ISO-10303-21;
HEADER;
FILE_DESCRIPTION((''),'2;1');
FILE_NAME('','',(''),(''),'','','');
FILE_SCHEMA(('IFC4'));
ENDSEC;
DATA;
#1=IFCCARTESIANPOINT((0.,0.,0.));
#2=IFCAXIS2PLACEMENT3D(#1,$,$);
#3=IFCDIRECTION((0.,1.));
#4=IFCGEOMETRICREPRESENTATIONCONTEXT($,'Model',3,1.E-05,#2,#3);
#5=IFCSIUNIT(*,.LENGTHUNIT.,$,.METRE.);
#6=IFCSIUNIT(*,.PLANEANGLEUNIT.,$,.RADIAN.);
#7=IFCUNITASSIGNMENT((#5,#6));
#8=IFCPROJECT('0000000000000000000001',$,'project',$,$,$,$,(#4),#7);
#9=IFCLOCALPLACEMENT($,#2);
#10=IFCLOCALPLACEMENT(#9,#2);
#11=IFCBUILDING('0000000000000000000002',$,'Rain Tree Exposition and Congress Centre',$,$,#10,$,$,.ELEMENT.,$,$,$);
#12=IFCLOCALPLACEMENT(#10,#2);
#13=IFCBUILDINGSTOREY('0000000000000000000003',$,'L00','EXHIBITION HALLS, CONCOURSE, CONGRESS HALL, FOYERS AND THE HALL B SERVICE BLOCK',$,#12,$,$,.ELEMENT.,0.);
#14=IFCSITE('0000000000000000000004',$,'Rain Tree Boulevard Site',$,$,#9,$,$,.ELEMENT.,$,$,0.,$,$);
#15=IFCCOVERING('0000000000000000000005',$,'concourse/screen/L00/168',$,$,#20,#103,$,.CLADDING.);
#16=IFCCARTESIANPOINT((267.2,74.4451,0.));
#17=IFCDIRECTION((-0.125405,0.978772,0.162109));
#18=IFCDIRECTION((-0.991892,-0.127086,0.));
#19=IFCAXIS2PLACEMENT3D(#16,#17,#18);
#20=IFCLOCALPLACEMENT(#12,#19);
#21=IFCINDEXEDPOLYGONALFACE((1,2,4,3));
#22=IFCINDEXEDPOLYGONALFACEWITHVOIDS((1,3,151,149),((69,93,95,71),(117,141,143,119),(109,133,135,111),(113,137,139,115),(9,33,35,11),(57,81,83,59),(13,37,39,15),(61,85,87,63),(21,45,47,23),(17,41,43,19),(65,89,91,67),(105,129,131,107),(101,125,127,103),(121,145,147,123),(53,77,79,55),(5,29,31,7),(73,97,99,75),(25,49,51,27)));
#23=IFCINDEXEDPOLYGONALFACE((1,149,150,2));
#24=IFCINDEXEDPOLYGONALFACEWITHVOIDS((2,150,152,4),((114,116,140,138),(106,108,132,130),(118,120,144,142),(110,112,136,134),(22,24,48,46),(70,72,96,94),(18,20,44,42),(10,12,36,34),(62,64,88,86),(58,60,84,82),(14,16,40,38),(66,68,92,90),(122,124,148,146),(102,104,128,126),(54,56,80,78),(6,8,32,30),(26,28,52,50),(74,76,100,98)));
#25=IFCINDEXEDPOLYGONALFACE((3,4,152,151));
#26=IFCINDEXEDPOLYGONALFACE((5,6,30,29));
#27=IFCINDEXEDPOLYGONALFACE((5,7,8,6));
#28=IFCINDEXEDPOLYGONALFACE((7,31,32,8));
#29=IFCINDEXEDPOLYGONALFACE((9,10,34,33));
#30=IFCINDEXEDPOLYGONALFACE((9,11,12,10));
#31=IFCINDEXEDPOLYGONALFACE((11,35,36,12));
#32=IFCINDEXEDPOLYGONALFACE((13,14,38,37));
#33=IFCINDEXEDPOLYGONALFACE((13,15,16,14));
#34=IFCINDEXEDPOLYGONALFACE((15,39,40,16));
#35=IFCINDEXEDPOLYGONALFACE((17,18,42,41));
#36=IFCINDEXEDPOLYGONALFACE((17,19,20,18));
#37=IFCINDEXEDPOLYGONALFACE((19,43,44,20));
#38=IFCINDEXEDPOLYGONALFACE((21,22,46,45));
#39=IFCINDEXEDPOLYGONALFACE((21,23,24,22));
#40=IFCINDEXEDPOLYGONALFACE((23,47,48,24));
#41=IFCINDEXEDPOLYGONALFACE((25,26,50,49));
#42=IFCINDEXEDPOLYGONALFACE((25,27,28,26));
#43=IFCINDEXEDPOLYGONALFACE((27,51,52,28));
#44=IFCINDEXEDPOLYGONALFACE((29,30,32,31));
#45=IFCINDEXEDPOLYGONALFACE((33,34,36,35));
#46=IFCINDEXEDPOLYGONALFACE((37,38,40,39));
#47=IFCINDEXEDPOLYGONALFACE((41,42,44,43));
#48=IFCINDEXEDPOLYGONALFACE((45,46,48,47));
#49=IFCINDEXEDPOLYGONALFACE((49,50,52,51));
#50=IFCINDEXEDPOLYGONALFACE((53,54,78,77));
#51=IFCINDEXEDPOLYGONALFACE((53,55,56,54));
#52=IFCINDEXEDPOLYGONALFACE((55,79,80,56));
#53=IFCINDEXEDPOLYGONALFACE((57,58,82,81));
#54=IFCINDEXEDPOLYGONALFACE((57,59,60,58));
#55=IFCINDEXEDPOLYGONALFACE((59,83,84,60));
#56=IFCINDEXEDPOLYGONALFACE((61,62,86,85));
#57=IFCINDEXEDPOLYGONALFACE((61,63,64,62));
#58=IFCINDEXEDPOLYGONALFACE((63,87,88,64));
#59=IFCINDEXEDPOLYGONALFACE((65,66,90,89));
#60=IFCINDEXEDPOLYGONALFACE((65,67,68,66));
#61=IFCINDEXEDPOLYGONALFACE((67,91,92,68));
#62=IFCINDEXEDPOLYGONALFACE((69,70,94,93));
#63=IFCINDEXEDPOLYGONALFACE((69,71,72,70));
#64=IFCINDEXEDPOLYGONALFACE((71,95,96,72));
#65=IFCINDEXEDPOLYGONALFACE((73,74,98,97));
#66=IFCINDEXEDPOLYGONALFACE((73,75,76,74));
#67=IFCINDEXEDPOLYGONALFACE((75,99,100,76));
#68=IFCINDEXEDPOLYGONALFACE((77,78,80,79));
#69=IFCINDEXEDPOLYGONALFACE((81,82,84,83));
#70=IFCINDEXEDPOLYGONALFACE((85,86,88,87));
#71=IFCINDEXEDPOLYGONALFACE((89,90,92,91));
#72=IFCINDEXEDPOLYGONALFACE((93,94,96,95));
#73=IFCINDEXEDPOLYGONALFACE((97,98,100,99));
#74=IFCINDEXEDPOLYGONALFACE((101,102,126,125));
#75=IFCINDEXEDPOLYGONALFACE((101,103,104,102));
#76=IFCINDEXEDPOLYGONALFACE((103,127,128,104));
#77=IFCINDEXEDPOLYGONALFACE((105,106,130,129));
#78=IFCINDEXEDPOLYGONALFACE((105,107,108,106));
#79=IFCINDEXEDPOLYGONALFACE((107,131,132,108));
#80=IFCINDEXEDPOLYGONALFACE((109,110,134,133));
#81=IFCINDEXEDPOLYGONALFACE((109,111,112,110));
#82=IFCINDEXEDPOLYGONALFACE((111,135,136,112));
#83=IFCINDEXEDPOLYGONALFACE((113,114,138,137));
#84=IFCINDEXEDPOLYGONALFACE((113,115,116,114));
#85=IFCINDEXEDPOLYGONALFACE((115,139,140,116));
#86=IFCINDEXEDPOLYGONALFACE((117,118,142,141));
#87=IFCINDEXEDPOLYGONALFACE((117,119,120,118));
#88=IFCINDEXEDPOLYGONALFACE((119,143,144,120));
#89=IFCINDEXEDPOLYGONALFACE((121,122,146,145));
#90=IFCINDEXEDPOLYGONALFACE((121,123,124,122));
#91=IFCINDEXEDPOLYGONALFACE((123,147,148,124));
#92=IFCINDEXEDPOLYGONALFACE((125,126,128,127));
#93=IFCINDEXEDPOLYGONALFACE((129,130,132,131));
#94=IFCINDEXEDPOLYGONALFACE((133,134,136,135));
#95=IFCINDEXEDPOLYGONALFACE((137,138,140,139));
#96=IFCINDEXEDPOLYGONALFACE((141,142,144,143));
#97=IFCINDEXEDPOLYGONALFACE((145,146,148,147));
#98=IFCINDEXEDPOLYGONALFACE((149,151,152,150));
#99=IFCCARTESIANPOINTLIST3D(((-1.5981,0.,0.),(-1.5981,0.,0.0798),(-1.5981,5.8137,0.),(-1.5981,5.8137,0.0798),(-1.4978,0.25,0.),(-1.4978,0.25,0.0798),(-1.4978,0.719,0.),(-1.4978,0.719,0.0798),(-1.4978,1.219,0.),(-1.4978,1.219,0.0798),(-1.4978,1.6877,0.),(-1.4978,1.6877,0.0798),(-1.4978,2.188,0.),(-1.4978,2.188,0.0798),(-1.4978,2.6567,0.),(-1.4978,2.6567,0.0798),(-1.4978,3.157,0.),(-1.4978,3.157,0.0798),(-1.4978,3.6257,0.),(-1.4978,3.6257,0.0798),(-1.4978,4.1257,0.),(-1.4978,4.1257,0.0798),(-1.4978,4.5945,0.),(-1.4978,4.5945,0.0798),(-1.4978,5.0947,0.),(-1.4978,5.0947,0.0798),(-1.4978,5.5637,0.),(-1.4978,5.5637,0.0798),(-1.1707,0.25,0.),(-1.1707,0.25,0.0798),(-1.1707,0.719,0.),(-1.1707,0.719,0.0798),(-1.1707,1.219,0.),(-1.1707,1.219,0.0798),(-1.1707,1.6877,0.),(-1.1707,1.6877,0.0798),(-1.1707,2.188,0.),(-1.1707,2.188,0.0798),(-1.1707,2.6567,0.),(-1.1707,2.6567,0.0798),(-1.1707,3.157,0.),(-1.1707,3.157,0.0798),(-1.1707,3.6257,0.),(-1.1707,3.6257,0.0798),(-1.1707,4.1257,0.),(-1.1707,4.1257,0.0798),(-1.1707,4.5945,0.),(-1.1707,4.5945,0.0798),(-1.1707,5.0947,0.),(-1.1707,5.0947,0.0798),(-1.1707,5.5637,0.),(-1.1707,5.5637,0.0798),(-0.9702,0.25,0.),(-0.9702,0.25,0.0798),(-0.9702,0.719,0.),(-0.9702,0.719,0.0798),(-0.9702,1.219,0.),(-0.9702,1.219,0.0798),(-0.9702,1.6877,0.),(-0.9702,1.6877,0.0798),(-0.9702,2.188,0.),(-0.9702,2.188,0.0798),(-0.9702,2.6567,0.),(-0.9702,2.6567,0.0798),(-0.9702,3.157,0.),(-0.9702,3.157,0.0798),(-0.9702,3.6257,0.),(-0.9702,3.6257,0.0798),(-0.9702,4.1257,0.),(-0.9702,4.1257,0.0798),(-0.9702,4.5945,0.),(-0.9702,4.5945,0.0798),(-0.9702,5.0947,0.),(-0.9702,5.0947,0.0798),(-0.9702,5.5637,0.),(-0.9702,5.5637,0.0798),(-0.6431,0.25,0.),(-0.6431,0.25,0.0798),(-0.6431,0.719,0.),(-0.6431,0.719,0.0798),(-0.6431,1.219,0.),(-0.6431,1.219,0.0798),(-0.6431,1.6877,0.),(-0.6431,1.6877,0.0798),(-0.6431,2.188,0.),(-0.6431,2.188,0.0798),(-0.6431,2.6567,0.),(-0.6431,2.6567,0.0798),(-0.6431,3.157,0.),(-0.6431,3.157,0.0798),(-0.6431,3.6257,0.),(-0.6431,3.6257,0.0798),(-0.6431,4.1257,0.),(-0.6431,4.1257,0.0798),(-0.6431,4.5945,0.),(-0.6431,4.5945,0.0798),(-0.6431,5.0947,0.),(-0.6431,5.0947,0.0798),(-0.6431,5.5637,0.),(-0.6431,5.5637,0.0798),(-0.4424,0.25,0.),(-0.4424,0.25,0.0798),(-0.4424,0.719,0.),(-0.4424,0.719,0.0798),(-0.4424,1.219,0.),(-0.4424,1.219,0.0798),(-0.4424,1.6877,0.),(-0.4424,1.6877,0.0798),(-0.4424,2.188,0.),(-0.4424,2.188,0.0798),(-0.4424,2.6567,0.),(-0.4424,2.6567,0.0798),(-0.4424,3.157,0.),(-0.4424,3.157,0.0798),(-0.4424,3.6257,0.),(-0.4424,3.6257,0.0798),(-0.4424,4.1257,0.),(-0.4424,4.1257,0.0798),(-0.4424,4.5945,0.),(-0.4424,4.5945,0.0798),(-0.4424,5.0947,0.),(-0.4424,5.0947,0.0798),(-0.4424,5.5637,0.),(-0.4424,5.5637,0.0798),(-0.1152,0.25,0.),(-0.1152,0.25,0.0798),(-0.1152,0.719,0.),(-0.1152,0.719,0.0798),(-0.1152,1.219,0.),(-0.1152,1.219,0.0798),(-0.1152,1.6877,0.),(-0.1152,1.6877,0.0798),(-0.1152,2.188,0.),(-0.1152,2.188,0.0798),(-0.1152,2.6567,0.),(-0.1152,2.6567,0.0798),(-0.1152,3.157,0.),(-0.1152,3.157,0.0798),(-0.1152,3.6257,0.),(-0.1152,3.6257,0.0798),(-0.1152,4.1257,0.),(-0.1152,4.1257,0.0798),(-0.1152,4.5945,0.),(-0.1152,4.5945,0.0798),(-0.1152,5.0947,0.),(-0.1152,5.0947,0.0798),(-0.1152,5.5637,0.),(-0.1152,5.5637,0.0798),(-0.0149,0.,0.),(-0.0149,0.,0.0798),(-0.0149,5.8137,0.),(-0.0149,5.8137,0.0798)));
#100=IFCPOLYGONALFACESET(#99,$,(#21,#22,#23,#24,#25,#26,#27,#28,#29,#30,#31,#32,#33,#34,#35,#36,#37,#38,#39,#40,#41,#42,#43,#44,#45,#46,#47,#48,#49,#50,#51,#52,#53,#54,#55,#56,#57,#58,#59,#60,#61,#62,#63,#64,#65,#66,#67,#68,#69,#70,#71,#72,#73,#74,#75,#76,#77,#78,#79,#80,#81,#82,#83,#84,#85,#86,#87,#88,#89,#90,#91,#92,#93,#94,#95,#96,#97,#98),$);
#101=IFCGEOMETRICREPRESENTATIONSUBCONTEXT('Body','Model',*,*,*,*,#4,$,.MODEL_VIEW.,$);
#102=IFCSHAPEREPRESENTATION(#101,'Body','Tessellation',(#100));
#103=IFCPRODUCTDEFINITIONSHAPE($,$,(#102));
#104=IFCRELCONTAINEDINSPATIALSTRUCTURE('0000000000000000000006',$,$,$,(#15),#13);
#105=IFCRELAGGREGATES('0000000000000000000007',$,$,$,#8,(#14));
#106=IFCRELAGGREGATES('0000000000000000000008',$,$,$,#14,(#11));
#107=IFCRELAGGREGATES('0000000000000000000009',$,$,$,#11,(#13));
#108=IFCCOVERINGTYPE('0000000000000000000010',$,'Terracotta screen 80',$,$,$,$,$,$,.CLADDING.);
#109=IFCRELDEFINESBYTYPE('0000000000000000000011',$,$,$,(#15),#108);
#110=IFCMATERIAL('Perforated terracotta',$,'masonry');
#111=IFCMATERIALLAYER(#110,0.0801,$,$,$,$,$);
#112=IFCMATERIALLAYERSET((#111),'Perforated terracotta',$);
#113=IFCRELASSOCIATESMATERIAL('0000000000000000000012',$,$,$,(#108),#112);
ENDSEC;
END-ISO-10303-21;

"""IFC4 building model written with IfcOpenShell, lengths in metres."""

from ifc_helpers import new_model, si_unit, direction, frame, origin, place, context, subcontext, project, spatial, polyline, outline, extrude, material, layer, layer_set, type_object, element, save


model = new_model("IFC4")

# Units and contexts
model_context = context("Model", 3, precision=1e-05, world=origin(), true_north=direction((0.0, 1.0)))
body_context = subcontext(model_context, "Body", "Model", "MODEL_VIEW")
ifc_project = project(units=[si_unit("LENGTHUNIT", "METRE"), si_unit("PLANEANGLEUNIT", "RADIAN")], contexts=[model_context])

# Site, building, storey
site_placement = place(None, origin())
site = spatial("IfcSite", under=ifc_project, at=site_placement, Name="Rain Tree Boulevard Site", CompositionType="ELEMENT", RefElevation=0.0)
building_placement = place(site_placement, origin())
building = spatial("IfcBuilding", under=site, at=building_placement, Name="Rain Tree Exposition and Congress Centre", CompositionType="ELEMENT")
storey_placement = place(building_placement, origin())
storey = spatial("IfcBuildingStorey", under=building, at=storey_placement, Name="L00", Description="EXHIBITION HALLS, CONCOURSE, CONGRESS HALL, FOYERS AND THE HALL B SERVICE BLOCK", CompositionType="ELEMENT", Elevation=0.0)

# Covering
ifc_material_1 = material(Name="Perforated terracotta", Category="masonry")
ifc_layer_1 = layer(ifc_material_1, 0.0801)
ifc_layer_set_1 = layer_set([ifc_layer_1], Name="Perforated terracotta")
covering_type = type_object("IfcCoveringType", Name="Terracotta screen 80", PredefinedType="CLADDING", material=ifc_layer_set_1)
covering_placement = place(storey_placement, frame((267.2, 74.4451, 0.0), z_axis=(-0.125405, 0.978772, 0.162109), x_axis=(-0.991892, -0.127086, 0.0)))
element("IfcCovering", 1, at=covering_placement, inside=storey, type_object=covering_type, Name="concourse/screen/L00/168", PredefinedType="CLADDING", context=body_context, shape_type="SweptSolid", body=[
    extrude(outline(polyline([(-0.0149, 0.0), (-1.5981, 0.0), (-1.5981, 5.8137), (-0.0149, 5.8137), (-0.0149, 0.0)]), holes=[polyline([(-0.1152, 0.25), (-0.1152, 0.719), (-0.4424, 0.719), (-0.4424, 0.25), (-0.1152, 0.25)]), polyline([(-0.1152, 1.219), (-0.1152, 1.6877), (-0.4424, 1.6877), (-0.4424, 1.219), (-0.1152, 1.219)]), polyline([(-0.1152, 2.188), (-0.1152, 2.6567), (-0.4424, 2.6567), (-0.4424, 2.188), (-0.1152, 2.188)]), polyline([(-0.1152, 3.157), (-0.1152, 3.6257), (-0.4424, 3.6257), (-0.4424, 3.157), (-0.1152, 3.157)]), polyline([(-0.1152, 4.1257), (-0.1152, 4.5945), (-0.4424, 4.5945), (-0.4424, 4.1257), (-0.1152, 4.1257)]), polyline([(-0.1152, 5.0947), (-0.1152, 5.5637), (-0.4424, 5.5637), (-0.4424, 5.0947), (-0.1152, 5.0947)]), polyline([(-0.6431, 0.25), (-0.6431, 0.719), (-0.9702, 0.719), (-0.9702, 0.25), (-0.6431, 0.25)]), polyline([(-0.6431, 1.219), (-0.6431, 1.6877), (-0.9702, 1.6877), (-0.9702, 1.219), (-0.6431, 1.219)]), polyline([(-0.6431, 2.188), (-0.6431, 2.6567), (-0.9702, 2.6567), (-0.9702, 2.188), (-0.6431, 2.188)]), polyline([(-0.6431, 3.157), (-0.6431, 3.6257), (-0.9702, 3.6257), (-0.9702, 3.157), (-0.6431, 3.157)]), polyline([(-0.6431, 4.1257), (-0.6431, 4.5945), (-0.9702, 4.5945), (-0.9702, 4.1257), (-0.6431, 4.1257)]), polyline([(-0.6431, 5.0947), (-0.6431, 5.5637), (-0.9702, 5.5637), (-0.9702, 5.0947), (-0.6431, 5.0947)]), polyline([(-1.1707, 0.25), (-1.1707, 0.719), (-1.4978, 0.719), (-1.4978, 0.25), (-1.1707, 0.25)]), polyline([(-1.1707, 1.219), (-1.1707, 1.6877), (-1.4978, 1.6877), (-1.4978, 1.219), (-1.1707, 1.219)]), polyline([(-1.1707, 2.188), (-1.1707, 2.6567), (-1.4978, 2.6567), (-1.4978, 2.188), (-1.1707, 2.188)]), polyline([(-1.1707, 3.157), (-1.1707, 3.6257), (-1.4978, 3.6257), (-1.4978, 3.157), (-1.1707, 3.157)]), polyline([(-1.1707, 4.1257), (-1.1707, 4.5945), (-1.4978, 4.5945), (-1.4978, 4.1257), (-1.1707, 4.1257)]), polyline([(-1.1707, 5.0947), (-1.1707, 5.5637), (-1.4978, 5.5637), (-1.4978, 5.0947), (-1.1707, 5.0947)])]), origin(), (0.0, 0.0, 1.0), 0.0798),
])

save(model, "model.ifc")
